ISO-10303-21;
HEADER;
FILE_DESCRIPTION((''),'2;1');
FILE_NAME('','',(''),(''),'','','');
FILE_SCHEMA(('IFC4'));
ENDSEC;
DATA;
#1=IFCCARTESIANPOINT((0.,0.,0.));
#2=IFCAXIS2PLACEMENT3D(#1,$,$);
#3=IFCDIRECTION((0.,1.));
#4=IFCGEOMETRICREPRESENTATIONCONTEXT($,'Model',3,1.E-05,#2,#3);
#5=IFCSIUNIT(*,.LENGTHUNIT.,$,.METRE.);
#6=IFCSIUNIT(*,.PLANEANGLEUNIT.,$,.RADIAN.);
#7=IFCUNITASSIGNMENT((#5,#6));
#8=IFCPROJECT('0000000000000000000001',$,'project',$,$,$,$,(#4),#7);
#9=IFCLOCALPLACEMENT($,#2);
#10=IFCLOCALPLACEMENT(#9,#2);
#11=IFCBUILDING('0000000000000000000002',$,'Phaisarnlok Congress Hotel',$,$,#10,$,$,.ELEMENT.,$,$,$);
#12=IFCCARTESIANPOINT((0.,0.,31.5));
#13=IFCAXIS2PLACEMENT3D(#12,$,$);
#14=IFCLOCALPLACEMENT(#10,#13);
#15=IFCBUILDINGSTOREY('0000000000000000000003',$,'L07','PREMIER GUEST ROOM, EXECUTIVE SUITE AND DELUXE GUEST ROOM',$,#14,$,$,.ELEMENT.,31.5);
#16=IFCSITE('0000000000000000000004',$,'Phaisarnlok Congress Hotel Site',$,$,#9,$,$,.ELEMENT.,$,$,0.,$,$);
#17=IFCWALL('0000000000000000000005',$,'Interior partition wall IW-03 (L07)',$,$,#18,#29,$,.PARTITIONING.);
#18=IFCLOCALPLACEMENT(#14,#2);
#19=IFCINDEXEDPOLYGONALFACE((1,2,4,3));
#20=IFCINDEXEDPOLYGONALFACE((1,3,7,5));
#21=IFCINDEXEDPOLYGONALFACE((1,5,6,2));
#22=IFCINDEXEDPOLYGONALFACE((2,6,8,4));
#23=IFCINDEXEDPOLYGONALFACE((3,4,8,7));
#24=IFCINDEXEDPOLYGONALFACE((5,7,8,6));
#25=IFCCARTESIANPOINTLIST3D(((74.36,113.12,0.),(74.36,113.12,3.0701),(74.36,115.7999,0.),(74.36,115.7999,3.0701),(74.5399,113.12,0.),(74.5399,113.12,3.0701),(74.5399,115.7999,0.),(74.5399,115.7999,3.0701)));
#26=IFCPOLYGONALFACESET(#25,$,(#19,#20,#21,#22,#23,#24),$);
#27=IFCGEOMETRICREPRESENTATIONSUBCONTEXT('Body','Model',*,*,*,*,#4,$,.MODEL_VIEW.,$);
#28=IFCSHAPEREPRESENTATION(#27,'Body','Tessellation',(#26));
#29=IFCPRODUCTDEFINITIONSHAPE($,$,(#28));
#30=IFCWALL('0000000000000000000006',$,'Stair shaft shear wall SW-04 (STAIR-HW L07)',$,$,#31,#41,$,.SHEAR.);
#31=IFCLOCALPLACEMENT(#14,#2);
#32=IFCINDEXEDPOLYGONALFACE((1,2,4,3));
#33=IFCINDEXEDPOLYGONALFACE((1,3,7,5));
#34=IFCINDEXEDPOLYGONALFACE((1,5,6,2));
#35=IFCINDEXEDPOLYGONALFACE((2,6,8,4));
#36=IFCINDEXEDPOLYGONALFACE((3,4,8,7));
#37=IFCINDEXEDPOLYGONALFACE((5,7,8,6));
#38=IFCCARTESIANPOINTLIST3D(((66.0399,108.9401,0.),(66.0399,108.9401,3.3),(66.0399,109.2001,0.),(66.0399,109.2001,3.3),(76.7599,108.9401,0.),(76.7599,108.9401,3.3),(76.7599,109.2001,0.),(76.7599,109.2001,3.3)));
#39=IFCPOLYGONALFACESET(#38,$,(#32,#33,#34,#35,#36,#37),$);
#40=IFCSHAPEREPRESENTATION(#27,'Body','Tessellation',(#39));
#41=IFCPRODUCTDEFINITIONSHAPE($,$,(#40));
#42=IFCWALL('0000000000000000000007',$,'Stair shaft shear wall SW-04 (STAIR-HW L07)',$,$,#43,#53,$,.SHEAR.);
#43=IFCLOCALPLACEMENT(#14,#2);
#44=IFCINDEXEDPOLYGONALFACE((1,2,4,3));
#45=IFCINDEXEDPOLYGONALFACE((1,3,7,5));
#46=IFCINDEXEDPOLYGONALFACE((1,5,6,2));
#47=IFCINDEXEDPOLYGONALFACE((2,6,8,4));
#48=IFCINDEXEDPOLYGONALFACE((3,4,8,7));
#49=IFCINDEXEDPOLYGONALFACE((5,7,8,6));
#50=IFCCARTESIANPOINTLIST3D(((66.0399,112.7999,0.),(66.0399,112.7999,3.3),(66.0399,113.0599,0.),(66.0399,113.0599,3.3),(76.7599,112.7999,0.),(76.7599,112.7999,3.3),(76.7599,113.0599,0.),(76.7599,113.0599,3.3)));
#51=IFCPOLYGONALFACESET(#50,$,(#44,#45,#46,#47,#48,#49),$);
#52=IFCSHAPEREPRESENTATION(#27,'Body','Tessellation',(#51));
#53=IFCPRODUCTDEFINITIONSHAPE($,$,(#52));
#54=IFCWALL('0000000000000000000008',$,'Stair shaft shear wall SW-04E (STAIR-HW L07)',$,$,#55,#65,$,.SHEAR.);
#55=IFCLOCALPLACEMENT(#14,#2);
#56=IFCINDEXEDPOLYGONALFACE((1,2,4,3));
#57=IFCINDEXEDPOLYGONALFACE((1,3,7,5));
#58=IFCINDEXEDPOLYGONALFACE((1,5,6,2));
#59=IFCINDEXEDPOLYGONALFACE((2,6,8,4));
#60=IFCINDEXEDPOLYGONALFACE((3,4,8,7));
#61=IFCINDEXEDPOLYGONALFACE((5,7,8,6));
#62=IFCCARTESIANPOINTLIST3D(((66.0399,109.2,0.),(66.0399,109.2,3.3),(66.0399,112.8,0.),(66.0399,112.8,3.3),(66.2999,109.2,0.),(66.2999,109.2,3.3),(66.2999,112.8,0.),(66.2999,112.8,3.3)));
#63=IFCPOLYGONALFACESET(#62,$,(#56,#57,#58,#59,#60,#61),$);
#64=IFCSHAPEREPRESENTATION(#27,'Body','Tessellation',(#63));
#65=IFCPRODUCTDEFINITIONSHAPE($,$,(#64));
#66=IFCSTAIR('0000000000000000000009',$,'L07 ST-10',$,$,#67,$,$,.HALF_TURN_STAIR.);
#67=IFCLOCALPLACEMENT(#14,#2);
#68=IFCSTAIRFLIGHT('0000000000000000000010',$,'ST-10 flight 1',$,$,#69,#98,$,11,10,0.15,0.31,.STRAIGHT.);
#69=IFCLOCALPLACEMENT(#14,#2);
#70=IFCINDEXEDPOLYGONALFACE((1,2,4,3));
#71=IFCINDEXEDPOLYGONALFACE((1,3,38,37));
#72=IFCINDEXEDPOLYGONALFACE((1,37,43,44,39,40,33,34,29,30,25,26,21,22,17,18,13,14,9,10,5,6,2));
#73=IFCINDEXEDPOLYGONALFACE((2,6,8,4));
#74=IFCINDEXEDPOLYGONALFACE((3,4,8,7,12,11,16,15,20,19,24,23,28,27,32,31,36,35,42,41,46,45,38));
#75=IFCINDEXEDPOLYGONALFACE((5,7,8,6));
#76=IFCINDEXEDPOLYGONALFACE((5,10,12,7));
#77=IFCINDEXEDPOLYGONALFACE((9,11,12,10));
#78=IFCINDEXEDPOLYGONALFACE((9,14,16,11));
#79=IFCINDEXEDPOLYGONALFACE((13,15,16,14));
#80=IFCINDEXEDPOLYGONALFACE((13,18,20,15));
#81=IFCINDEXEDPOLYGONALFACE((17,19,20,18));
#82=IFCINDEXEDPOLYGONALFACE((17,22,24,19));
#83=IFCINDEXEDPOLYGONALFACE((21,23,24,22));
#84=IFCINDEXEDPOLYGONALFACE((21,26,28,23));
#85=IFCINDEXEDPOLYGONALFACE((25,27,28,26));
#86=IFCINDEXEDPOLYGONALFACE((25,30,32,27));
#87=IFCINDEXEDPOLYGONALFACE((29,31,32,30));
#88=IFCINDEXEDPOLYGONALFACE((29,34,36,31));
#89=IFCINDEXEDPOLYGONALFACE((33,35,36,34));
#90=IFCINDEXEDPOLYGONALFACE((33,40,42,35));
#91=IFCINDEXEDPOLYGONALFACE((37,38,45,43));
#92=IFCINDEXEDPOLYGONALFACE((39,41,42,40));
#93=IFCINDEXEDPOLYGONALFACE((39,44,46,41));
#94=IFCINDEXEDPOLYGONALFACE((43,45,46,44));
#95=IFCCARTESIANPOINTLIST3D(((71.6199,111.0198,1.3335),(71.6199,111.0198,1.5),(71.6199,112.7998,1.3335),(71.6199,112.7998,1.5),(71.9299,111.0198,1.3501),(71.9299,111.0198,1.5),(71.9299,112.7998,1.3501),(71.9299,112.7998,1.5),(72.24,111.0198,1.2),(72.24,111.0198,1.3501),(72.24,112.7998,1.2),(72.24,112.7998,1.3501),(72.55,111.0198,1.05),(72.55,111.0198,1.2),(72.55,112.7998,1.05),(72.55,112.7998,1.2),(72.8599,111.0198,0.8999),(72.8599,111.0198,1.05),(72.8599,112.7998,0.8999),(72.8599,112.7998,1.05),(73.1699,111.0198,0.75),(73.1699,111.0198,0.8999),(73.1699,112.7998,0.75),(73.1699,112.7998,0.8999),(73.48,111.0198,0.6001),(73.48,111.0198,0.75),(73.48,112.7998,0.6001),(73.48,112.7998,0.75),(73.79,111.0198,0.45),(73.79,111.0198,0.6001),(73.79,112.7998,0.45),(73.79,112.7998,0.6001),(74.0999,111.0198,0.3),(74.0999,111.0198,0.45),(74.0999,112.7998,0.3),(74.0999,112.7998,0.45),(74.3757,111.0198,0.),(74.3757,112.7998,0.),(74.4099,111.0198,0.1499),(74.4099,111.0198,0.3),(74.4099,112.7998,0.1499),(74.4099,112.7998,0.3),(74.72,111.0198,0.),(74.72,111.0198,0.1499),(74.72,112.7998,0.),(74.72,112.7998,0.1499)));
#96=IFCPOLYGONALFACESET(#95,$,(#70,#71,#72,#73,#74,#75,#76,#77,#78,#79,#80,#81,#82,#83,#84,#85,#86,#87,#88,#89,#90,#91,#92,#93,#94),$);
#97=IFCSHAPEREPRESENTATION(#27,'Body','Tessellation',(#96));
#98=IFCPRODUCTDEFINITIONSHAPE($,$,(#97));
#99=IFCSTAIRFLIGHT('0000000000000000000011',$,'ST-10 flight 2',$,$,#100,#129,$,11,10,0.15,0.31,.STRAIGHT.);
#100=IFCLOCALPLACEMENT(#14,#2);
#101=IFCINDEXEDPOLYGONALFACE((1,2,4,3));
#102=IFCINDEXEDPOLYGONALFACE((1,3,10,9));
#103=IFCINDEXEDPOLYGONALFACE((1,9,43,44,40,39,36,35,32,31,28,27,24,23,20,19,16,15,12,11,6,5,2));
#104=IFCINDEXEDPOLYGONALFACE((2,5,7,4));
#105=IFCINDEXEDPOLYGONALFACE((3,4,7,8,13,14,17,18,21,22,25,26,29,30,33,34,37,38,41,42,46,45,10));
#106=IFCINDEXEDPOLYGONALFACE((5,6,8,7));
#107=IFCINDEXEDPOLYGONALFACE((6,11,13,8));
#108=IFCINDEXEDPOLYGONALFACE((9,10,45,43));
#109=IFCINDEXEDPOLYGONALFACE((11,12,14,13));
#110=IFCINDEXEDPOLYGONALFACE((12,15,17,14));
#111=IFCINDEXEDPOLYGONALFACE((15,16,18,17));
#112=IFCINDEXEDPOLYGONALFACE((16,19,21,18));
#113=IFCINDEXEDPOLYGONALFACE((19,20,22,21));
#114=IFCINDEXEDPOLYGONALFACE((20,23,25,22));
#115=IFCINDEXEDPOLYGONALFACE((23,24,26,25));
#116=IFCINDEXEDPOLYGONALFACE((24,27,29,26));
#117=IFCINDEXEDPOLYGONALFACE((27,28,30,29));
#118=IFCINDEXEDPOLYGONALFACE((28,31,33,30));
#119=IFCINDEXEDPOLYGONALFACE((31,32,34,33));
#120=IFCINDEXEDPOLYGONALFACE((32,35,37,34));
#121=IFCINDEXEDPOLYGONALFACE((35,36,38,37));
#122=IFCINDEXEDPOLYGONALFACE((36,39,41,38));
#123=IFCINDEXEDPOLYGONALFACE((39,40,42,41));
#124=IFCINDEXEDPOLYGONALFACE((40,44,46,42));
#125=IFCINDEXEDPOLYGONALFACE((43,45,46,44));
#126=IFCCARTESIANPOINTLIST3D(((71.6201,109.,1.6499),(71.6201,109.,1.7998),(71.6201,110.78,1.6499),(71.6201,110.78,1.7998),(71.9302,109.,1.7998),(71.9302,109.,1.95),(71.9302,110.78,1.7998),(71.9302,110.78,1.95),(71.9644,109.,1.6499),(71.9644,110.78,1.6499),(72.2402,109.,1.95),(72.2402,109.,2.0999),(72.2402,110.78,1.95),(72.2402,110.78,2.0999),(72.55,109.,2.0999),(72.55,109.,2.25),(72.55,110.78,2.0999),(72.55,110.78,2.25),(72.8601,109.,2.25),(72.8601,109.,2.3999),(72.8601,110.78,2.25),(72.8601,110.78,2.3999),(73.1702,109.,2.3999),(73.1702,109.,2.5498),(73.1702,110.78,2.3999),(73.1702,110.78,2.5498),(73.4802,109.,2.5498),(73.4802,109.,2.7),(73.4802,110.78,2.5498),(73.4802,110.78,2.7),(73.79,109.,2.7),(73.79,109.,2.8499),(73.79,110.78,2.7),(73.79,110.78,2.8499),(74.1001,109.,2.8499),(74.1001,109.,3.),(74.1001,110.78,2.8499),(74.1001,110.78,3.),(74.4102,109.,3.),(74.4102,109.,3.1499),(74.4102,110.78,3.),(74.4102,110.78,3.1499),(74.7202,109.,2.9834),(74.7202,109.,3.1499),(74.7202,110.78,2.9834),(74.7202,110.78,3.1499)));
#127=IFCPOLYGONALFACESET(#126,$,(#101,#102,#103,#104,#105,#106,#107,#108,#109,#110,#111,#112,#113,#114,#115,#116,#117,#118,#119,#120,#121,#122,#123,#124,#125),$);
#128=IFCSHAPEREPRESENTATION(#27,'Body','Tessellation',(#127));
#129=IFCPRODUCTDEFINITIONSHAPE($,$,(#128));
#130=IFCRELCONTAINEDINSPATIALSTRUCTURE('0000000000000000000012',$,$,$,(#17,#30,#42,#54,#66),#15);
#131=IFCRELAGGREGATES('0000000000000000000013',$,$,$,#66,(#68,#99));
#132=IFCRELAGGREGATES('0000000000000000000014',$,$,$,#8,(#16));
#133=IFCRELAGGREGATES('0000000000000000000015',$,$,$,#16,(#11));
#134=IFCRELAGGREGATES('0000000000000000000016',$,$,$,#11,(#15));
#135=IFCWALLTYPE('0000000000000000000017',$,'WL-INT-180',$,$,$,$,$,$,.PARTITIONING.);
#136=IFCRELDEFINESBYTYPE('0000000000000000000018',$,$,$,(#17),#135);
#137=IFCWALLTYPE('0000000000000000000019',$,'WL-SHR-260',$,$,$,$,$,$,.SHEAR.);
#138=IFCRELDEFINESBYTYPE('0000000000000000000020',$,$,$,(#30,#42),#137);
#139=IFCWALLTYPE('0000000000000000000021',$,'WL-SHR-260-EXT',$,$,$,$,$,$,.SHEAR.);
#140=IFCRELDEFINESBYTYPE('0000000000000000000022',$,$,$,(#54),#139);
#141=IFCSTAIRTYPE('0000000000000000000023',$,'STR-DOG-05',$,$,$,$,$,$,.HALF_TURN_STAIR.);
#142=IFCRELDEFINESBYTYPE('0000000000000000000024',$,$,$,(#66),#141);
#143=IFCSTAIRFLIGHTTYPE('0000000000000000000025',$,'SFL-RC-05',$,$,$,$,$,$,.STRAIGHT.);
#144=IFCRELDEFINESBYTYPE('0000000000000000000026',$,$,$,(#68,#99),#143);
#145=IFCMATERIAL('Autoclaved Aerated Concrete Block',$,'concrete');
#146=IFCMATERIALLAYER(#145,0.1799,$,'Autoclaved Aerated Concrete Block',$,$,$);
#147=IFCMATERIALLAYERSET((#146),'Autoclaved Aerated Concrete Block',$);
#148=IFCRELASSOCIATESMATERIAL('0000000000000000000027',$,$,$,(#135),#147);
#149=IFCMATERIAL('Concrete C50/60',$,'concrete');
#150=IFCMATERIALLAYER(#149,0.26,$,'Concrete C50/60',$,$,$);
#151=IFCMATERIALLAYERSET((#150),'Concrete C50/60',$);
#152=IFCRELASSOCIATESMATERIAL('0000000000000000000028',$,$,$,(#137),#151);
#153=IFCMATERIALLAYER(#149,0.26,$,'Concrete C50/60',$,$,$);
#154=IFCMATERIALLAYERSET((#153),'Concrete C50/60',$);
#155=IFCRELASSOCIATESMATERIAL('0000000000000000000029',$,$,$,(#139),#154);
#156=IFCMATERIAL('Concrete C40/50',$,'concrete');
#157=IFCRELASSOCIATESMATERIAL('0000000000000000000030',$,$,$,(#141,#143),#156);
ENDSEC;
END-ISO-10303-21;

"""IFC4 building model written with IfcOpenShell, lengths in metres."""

from ifc_helpers import new_model, si_unit, direction, frame, frame_2d, origin, place, context, subcontext, project, spatial, polyline, rectangle, outline, extrude, material, layer, layer_set, type_object, element, aggregate, save


model = new_model("IFC4")

# Units and contexts
model_context = context("Model", 3, precision=1e-05, world=origin(), true_north=direction((0.0, 1.0)))
body_context = subcontext(model_context, "Body", "Model", "MODEL_VIEW")
ifc_project = project(units=[si_unit("LENGTHUNIT", "METRE"), si_unit("PLANEANGLEUNIT", "RADIAN")], contexts=[model_context])

# Site, building, storey
site_placement = place(None, origin())
site = spatial("IfcSite", under=ifc_project, at=site_placement, Name="Phaisarnlok Congress Hotel Site", CompositionType="ELEMENT", RefElevation=0.0)
building_placement = place(site_placement, origin())
building = spatial("IfcBuilding", under=site, at=building_placement, Name="Phaisarnlok Congress Hotel", CompositionType="ELEMENT")
storey_placement = place(building_placement, frame((0.0, 0.0, 31.5)))
storey = spatial("IfcBuildingStorey", under=building, at=storey_placement, Name="L07", Description="PREMIER GUEST ROOM, EXECUTIVE SUITE AND DELUXE GUEST ROOM", CompositionType="ELEMENT", Elevation=31.5)

# Shared definitions
ifc_material_1 = material(Name="Concrete C50/60", Category="concrete")

# Shared definitions
ifc_material_2 = material(Name="Concrete C40/50", Category="concrete")

# Walls
ifc_material_3 = material(Name="Autoclaved Aerated Concrete Block", Category="concrete")
ifc_layer_1 = layer(ifc_material_3, 0.1799, Name="Autoclaved Aerated Concrete Block")
ifc_layer_set_1 = layer_set([ifc_layer_1], Name="Autoclaved Aerated Concrete Block")
wall_type_1 = type_object("IfcWallType", Name="WL-INT-180", PredefinedType="PARTITIONING", material=ifc_layer_set_1)
wall_1_placement = place(storey_placement, frame((74.45, 113.1201, 0.0), z_axis=(0.0, 0.0, 1.0), x_axis=(0.0, 1.0, 0.0)))
element("IfcWall", 1, at=wall_1_placement, inside=storey, type_object=wall_type_1, Name="Interior partition wall IW-03 (L07)", PredefinedType="PARTITIONING", context=body_context, shape_type="SweptSolid", body=[
    extrude(rectangle(XDim=2.6799, YDim=0.1799, at=frame_2d((1.3398, 0.0))), origin(), (0.0, 0.0, 1.0), 3.0701),
])
ifc_layer_2 = layer(ifc_material_1, 0.26, Name="Concrete C50/60")
ifc_layer_set_2 = layer_set([ifc_layer_2], Name="Concrete C50/60")
wall_type_2 = type_object("IfcWallType", Name="WL-SHR-260", PredefinedType="SHEAR", material=ifc_layer_set_2)
for number, where, z_axis, x_axis, name in (
    (2, (66.04, 109.0701, 0.0), (0.0, 0.0, 1.0), (1.0, 0.0, 0.0), "Stair shaft shear wall SW-04 (STAIR-HW L07)"),
    (3, (66.04, 112.9299, 0.0), (0.0, 0.0, 1.0), (1.0, 0.0, 0.0), "Stair shaft shear wall SW-04 (STAIR-HW L07)"),
):
    element("IfcWall", number, at=place(storey_placement, frame(where, z_axis=z_axis, x_axis=x_axis)), inside=storey, type_object=wall_type_2, Name=name, PredefinedType="SHEAR", context=body_context, shape_type="SweptSolid", body=[
        extrude(rectangle(XDim=10.72, YDim=0.26, at=frame_2d((5.3599, 0.0))), origin(), (0.0, 0.0, 1.0), 3.3),
    ])

# Wall
ifc_layer_3 = layer(ifc_material_1, 0.26, Name="Concrete C50/60")
ifc_layer_set_3 = layer_set([ifc_layer_3], Name="Concrete C50/60")
wall_type_3 = type_object("IfcWallType", Name="WL-SHR-260-EXT", PredefinedType="SHEAR", material=ifc_layer_set_3)
wall_2_placement = place(storey_placement, frame((66.1699, 109.2, 0.0), z_axis=(0.0, 0.0, 1.0), x_axis=(0.0, 1.0, 0.0)))
element("IfcWall", 4, at=wall_2_placement, inside=storey, type_object=wall_type_3, Name="Stair shaft shear wall SW-04E (STAIR-HW L07)", PredefinedType="SHEAR", context=body_context, shape_type="SweptSolid", body=[
    extrude(rectangle(XDim=3.6001, YDim=0.26, at=frame_2d((1.8, 0.0))), origin(), (0.0, 0.0, 1.0), 3.3),
])

# Stair, stair flights
stair_type = type_object("IfcStairType", Name="STR-DOG-05", PredefinedType="HALF_TURN_STAIR", material=ifc_material_2)
stair_placement = place(storey_placement, origin())
stair = element("IfcStair", 5, at=stair_placement, inside=storey, type_object=stair_type, Name="L07 ST-10", PredefinedType="HALF_TURN_STAIR")
stair_flight_type = type_object("IfcStairFlightType", Name="SFL-RC-05", PredefinedType="STRAIGHT", material=ifc_material_2)
stair_flight_1_placement = place(storey_placement, frame((74.72, 111.9099, 0.0), z_axis=(0.0, 0.0, 1.0), x_axis=(-1.0, 0.0, 0.0)))
stair_flight_1 = element("IfcStairFlight", 6, at=stair_flight_1_placement, type_object=stair_flight_type, Name="ST-10 flight 1", NumberOfRisers=11, NumberOfTreads=10, PredefinedType="STRAIGHT", RiserHeight=0.15, TreadLength=0.31, context=body_context, shape_type="SweptSolid", body=[
    extrude(outline(polyline([(0.0, 0.0), (0.0, 0.1499), (0.3101, 0.1499), (0.3101, 0.3), (0.6201, 0.3), (0.6201, 0.45), (0.9299, 0.45), (0.9299, 0.6001), (1.24, 0.6001), (1.24, 0.75), (1.55, 0.75), (1.55, 0.8999), (1.8601, 0.8999), (1.8601, 1.05), (2.1699, 1.05), (2.1699, 1.2), (2.48, 1.2), (2.48, 1.3501), (2.79, 1.3501), (2.79, 1.5), (3.1001, 1.5), (3.1001, 1.6499), (3.1001, 1.3335), (0.3442, 0.0), (0.0, 0.0)])), frame((0.0, 0.8901, 0.0), z_axis=(0.0, -1.0, 0.0), x_axis=(1.0, 0.0, 0.0)), (0.0, 0.0, 1.0), 1.78),
])
stair_flight_2_placement = place(storey_placement, frame((71.6201, 109.8899, 1.6499), z_axis=(0.0, 0.0, 1.0), x_axis=(1.0, 0.0, 0.0)))
stair_flight_2 = element("IfcStairFlight", 7, at=stair_flight_2_placement, type_object=stair_flight_type, Name="ST-10 flight 2", NumberOfRisers=11, NumberOfTreads=10, PredefinedType="STRAIGHT", RiserHeight=0.15, TreadLength=0.31, context=body_context, shape_type="SweptSolid", body=[
    extrude(outline(polyline([(0.0, 0.0), (0.0, 0.1499), (0.3101, 0.1499), (0.3101, 0.3), (0.6201, 0.3), (0.6201, 0.45), (0.9299, 0.45), (0.9299, 0.6001), (1.24, 0.6001), (1.24, 0.75), (1.55, 0.75), (1.55, 0.8999), (1.8601, 0.8999), (1.8601, 1.05), (2.1699, 1.05), (2.1699, 1.2), (2.48, 1.2), (2.48, 1.3501), (2.79, 1.3501), (2.79, 1.5), (3.1001, 1.5), (3.1001, 1.6499), (3.1001, 1.3335), (0.3442, 0.0), (0.0, 0.0)])), frame((0.0, 0.8901, 0.0), z_axis=(0.0, -1.0, 0.0), x_axis=(1.0, 0.0, 0.0)), (0.0, 0.0, 1.0), 1.78),
])
aggregate(stair, [stair_flight_1, stair_flight_2])

save(model, "model.ifc")
